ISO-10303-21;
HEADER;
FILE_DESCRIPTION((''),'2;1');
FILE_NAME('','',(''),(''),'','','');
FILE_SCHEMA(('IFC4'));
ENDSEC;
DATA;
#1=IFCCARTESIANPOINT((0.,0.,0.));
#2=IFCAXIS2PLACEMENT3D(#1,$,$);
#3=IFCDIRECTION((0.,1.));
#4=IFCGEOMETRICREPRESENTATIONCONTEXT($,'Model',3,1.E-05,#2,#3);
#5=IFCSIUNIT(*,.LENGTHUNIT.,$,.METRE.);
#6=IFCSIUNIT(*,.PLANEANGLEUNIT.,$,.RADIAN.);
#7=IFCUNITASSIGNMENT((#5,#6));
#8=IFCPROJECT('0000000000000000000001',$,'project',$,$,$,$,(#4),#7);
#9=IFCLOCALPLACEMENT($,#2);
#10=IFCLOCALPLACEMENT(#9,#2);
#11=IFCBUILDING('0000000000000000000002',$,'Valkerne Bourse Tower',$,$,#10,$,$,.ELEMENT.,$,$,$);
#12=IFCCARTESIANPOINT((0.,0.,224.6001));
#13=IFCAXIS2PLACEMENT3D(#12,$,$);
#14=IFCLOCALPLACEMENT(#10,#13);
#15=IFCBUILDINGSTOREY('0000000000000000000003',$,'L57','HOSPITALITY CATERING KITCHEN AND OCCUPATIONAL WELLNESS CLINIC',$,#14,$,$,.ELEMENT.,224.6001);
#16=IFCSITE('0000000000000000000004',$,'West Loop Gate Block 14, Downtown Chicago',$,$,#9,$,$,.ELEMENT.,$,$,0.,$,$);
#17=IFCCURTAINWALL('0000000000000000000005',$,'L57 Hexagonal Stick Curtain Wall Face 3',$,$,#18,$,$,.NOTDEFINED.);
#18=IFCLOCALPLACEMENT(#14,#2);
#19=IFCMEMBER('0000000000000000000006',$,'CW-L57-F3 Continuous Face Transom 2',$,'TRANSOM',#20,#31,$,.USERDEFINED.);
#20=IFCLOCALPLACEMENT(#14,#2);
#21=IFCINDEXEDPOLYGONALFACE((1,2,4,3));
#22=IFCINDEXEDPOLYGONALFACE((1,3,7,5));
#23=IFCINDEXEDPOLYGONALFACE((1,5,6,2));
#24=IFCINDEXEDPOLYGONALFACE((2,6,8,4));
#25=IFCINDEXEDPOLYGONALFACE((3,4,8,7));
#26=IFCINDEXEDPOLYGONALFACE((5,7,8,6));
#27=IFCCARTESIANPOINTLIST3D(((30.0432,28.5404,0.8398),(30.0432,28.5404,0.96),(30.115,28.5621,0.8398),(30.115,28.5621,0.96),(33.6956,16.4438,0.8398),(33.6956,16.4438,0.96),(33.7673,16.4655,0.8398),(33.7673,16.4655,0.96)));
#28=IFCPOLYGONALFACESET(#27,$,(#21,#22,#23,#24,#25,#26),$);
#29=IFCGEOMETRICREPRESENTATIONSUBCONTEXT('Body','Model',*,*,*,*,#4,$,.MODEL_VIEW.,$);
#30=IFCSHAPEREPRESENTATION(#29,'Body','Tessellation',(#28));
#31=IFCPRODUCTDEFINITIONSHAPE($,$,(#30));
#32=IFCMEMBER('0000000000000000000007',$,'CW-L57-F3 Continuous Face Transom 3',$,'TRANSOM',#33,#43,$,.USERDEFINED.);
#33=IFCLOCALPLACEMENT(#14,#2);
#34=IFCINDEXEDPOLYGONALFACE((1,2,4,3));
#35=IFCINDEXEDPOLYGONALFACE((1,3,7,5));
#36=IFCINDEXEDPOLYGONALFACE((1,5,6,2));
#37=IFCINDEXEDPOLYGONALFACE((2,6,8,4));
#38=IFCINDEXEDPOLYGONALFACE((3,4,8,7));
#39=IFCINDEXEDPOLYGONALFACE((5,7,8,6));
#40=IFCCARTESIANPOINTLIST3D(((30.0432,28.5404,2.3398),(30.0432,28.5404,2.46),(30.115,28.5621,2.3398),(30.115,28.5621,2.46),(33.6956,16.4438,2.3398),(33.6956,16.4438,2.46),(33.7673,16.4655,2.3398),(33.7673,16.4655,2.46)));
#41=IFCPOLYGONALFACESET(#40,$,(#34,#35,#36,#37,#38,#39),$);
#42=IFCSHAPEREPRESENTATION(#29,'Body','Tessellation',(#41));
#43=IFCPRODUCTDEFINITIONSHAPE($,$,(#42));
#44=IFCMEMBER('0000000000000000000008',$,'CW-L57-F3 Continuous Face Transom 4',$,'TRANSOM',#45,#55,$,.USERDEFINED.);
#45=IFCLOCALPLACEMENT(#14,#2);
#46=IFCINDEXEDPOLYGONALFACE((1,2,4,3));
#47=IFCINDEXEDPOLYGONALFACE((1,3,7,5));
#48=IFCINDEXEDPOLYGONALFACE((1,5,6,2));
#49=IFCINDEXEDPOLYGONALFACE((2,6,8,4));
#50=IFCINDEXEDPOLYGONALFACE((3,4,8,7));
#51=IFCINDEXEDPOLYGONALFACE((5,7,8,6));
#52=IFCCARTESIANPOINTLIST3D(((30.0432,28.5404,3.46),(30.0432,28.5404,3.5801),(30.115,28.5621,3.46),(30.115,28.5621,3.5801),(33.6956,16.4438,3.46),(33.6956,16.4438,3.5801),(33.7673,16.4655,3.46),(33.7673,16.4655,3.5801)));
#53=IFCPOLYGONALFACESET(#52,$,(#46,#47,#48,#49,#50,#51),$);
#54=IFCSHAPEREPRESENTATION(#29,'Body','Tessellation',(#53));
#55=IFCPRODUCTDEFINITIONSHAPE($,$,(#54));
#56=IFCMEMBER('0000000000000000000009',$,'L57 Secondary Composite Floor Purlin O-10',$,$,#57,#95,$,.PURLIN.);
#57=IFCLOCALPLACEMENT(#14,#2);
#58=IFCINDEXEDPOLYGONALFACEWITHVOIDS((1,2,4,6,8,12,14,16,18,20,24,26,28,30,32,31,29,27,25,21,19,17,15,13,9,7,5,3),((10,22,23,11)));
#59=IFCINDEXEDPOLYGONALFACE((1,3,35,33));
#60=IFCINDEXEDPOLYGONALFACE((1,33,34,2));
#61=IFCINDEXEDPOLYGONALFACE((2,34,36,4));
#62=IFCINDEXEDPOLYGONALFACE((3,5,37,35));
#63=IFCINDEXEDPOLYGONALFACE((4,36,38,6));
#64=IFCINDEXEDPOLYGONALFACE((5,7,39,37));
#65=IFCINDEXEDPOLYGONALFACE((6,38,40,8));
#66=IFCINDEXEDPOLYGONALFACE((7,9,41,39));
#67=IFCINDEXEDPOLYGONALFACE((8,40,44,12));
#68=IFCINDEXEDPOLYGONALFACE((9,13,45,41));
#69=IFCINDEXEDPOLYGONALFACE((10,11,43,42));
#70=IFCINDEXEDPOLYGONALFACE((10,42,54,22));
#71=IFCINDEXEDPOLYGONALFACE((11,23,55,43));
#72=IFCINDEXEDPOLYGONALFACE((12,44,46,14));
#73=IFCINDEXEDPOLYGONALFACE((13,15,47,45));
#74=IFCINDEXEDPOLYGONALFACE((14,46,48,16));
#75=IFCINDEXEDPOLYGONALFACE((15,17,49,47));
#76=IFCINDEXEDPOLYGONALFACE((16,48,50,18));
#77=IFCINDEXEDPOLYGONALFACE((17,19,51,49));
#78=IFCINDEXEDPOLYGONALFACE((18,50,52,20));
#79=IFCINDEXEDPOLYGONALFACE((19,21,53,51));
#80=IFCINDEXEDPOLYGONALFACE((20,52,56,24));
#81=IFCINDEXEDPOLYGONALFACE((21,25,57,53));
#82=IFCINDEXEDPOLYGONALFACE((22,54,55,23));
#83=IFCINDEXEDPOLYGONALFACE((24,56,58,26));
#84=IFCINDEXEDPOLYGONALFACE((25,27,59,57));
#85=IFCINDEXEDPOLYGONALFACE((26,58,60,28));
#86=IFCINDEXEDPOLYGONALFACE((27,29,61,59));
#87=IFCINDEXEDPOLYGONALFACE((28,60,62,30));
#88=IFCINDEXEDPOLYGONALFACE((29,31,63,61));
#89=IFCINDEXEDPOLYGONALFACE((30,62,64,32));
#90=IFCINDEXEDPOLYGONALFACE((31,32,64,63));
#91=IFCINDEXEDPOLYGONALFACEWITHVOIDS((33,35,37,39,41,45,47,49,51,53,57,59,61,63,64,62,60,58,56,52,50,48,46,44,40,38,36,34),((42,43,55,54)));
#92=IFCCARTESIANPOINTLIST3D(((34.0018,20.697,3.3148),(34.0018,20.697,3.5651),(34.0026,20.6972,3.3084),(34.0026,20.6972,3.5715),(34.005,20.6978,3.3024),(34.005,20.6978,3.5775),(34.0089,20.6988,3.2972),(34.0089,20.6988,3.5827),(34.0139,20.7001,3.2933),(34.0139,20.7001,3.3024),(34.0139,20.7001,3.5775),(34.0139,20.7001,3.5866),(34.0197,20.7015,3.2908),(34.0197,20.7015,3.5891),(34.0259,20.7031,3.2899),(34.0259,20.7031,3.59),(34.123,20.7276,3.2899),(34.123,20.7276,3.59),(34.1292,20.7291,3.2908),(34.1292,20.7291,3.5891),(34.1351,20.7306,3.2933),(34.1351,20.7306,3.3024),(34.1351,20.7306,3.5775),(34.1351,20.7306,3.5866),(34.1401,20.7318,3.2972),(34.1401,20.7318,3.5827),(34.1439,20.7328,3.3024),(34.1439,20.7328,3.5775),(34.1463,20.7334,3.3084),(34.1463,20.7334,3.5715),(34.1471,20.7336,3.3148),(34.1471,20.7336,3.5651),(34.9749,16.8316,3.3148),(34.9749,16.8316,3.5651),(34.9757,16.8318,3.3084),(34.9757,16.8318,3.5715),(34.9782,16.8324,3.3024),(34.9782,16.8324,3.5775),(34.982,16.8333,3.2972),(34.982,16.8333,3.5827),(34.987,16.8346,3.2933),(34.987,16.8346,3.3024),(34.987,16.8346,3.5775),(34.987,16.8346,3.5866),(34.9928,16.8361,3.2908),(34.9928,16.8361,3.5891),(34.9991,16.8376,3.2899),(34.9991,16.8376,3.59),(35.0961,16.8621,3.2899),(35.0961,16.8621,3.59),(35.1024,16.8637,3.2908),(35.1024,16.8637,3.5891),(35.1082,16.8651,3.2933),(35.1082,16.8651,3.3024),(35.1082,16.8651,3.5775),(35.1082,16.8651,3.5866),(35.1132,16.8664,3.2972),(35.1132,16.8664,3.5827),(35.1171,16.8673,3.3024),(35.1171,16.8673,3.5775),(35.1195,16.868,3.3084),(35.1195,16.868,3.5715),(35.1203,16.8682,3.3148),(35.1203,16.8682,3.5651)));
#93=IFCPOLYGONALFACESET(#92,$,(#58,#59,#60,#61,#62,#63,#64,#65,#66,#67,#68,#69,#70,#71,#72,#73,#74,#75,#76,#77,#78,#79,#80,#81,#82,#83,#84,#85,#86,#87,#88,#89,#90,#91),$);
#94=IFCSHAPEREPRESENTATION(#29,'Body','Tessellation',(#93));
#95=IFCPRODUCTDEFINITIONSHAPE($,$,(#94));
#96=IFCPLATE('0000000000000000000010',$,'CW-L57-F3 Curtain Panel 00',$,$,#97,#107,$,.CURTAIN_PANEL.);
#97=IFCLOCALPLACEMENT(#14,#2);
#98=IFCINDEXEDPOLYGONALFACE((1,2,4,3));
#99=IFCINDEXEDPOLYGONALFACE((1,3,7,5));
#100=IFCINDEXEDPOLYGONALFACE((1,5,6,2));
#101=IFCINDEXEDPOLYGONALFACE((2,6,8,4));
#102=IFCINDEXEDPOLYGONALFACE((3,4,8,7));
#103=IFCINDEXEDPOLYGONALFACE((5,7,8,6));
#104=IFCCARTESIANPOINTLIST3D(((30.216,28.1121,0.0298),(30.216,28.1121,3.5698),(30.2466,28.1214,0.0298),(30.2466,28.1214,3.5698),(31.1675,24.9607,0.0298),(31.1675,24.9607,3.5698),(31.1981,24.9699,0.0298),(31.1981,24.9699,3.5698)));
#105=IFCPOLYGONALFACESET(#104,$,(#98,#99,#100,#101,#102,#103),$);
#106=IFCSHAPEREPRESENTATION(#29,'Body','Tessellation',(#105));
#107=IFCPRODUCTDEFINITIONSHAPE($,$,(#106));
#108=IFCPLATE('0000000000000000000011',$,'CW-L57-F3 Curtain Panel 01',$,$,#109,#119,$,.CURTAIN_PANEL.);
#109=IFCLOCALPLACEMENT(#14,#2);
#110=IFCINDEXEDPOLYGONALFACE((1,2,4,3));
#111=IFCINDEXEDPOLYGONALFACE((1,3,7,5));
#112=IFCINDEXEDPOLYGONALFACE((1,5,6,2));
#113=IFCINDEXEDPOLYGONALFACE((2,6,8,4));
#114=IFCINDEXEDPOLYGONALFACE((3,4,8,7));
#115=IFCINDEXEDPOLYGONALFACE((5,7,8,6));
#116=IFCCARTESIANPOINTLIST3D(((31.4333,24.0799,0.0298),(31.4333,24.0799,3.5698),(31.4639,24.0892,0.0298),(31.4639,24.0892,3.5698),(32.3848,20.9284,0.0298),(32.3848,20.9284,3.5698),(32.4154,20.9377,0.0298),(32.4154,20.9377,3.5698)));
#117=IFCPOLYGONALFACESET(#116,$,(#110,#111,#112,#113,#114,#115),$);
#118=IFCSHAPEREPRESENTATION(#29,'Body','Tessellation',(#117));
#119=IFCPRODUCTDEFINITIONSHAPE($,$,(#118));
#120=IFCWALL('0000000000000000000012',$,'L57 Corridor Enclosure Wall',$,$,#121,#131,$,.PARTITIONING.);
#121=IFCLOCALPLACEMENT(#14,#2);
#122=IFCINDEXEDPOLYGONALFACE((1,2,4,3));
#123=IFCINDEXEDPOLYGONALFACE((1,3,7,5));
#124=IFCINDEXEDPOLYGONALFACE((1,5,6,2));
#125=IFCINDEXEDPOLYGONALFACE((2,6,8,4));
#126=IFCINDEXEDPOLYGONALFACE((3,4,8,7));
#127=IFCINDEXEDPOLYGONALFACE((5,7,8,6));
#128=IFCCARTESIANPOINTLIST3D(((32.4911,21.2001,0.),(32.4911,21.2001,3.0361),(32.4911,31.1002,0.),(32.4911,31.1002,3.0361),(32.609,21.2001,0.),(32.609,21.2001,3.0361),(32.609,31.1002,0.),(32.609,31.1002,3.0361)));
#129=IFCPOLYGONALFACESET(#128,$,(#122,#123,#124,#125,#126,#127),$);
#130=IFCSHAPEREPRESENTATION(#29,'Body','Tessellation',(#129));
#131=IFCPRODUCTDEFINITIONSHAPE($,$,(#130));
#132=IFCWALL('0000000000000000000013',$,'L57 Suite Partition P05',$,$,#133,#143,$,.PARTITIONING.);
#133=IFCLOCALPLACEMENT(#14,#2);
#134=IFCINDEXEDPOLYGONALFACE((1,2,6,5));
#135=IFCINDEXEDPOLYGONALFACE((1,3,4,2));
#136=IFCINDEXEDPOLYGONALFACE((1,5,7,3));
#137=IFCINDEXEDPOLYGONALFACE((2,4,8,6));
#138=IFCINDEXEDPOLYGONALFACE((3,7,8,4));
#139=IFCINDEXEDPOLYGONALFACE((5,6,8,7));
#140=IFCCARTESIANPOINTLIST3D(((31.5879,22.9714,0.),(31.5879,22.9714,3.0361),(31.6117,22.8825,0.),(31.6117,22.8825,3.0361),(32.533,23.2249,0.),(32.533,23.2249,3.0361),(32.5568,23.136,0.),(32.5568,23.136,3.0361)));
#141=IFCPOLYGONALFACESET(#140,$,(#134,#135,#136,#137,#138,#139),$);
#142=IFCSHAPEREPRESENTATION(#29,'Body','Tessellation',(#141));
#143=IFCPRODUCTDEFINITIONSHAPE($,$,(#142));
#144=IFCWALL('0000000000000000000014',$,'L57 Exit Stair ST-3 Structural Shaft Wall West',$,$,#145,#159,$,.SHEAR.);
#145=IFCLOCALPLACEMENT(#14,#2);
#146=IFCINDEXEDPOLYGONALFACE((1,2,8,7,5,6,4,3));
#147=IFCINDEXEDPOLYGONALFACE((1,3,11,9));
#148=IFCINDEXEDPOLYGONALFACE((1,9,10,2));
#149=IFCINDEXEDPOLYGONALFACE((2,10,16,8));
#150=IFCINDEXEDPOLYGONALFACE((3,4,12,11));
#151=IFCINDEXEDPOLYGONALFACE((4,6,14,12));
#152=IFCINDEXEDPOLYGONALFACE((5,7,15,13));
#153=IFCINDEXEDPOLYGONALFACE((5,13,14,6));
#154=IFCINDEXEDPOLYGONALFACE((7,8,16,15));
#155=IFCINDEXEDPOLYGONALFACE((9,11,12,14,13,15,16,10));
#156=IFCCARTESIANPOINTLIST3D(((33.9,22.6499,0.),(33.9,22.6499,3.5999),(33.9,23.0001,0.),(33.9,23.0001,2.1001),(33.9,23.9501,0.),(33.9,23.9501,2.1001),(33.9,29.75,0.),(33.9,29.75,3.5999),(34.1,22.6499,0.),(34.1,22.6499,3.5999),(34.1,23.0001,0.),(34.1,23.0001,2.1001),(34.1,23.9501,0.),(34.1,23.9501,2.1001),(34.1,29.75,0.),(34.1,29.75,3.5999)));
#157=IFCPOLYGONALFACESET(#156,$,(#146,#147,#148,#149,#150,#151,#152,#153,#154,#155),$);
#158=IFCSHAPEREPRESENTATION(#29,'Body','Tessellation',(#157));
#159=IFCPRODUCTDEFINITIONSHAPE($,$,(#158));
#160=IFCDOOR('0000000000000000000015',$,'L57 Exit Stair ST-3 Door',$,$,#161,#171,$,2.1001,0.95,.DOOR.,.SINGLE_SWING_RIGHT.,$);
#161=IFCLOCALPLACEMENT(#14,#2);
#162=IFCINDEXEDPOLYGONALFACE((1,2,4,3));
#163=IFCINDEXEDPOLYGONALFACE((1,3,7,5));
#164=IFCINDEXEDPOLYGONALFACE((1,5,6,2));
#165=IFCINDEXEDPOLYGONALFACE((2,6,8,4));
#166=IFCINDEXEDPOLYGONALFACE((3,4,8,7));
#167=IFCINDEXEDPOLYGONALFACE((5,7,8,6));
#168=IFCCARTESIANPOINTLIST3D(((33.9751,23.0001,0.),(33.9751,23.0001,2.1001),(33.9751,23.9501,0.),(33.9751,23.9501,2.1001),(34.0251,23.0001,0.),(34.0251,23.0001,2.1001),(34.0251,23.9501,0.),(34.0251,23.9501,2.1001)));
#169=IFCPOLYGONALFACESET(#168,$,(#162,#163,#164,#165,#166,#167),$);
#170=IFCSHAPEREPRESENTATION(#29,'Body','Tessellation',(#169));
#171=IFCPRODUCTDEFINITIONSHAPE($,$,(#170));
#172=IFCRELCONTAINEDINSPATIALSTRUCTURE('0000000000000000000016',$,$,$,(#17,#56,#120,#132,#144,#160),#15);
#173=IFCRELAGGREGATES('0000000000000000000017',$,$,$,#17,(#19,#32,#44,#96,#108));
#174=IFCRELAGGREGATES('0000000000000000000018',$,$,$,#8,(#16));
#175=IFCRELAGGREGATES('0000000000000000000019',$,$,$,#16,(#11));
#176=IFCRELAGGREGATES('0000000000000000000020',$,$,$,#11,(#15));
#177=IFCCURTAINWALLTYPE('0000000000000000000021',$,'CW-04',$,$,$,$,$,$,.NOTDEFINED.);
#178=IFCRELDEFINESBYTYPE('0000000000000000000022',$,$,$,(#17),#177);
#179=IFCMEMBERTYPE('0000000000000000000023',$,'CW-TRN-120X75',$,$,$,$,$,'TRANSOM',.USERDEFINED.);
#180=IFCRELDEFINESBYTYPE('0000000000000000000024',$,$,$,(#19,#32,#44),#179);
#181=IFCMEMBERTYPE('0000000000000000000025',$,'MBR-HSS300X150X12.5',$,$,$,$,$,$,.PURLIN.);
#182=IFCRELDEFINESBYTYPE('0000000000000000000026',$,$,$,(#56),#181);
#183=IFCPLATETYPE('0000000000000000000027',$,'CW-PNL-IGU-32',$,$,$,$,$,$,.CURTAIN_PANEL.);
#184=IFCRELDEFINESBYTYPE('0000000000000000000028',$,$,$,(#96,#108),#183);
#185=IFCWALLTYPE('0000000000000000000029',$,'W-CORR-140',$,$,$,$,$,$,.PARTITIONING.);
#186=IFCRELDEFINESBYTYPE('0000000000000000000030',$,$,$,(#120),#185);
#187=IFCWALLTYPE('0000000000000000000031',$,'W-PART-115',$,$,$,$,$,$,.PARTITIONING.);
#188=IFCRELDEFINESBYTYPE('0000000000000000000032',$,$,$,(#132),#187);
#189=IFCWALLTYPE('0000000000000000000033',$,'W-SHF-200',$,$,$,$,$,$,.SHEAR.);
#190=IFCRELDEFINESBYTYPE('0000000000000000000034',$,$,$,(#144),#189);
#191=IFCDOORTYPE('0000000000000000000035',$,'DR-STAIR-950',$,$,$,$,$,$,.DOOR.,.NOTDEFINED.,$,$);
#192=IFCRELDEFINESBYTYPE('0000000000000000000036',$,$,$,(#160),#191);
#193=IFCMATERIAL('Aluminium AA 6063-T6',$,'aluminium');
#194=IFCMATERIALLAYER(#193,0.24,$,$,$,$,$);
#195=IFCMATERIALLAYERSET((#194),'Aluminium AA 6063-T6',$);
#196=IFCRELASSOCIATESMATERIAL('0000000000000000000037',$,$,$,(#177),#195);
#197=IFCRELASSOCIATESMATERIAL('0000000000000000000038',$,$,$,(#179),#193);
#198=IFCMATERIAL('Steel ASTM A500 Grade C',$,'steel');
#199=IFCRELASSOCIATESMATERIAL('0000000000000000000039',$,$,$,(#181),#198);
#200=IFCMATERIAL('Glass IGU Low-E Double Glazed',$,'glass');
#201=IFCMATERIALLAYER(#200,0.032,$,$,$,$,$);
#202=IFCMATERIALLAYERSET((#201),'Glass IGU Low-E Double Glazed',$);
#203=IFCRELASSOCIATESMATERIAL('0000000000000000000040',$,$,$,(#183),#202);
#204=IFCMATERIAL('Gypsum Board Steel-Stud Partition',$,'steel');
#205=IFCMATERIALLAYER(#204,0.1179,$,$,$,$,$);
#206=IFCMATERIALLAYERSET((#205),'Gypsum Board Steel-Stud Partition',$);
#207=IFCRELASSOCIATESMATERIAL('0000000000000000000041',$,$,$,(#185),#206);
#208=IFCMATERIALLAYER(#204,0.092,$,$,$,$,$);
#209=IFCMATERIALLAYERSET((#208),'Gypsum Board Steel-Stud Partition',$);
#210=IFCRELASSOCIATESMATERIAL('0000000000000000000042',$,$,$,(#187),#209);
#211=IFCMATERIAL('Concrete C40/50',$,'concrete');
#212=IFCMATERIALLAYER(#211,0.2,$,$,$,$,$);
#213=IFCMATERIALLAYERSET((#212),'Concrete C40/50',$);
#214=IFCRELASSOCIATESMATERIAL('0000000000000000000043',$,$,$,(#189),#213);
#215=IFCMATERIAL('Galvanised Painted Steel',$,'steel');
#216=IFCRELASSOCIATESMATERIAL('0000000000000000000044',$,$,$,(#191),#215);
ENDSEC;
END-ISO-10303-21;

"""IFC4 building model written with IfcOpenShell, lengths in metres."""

from ifc_helpers import new_model, si_unit, direction, frame, frame_2d, origin, origin_2d, place, context, subcontext, project, spatial, rectangle, hollow_rectangle, extrude, material, layer, layer_set, material_profile, profile_set, type_object, element, fill, aggregate, save


model = new_model("IFC4")

# Units and contexts
model_context = context("Model", 3, precision=1e-05, world=origin(), true_north=direction((0.0, 1.0)))
body_context = subcontext(model_context, "Body", "Model", "MODEL_VIEW")
ifc_project = project(units=[si_unit("LENGTHUNIT", "METRE"), si_unit("PLANEANGLEUNIT", "RADIAN")], contexts=[model_context])

# Site, building, storey
site_placement = place(None, origin())
site = spatial("IfcSite", under=ifc_project, at=site_placement, Name="West Loop Gate Block 14, Downtown Chicago", CompositionType="ELEMENT", RefElevation=0.0)
building_placement = place(site_placement, origin())
building = spatial("IfcBuilding", under=site, at=building_placement, Name="Valkerne Bourse Tower", CompositionType="ELEMENT")
storey_placement = place(building_placement, frame((0.0, 0.0, 224.6001)))
storey = spatial("IfcBuildingStorey", under=building, at=storey_placement, Name="L57", Description="HOSPITALITY CATERING KITCHEN AND OCCUPATIONAL WELLNESS CLINIC", CompositionType="ELEMENT", Elevation=224.6001)

# Curtain wall, members
ifc_material_1 = material(Name="Aluminium AA 6063-T6", Category="aluminium")
ifc_layer_1 = layer(ifc_material_1, 0.24)
ifc_layer_set_1 = layer_set([ifc_layer_1], Name="Aluminium AA 6063-T6")
curtain_wall_type = type_object("IfcCurtainWallType", Name="CW-04", PredefinedType="NOTDEFINED", material=ifc_layer_set_1)
curtain_wall_placement = place(storey_placement, origin())
curtain_wall = element("IfcCurtainWall", 1, at=curtain_wall_placement, inside=storey, type_object=curtain_wall_type, Name="L57 Hexagonal Stick Curtain Wall Face 3", PredefinedType="NOTDEFINED")
ifc_material_profile_1 = material_profile(ifc_material_1, rectangle(XDim=0.075, YDim=0.1201, at=origin_2d()), Name="CWT-75X120")
ifc_profile_set_1 = profile_set([ifc_material_profile_1], Name="Aluminium AA 6063-T6")
member_type_1 = type_object("IfcMemberType", Name="CW-TRN-120X75", ElementType="TRANSOM", PredefinedType="USERDEFINED", material=ifc_profile_set_1)
member_1_placement = place(storey_placement, frame((30.0791, 28.5513, 0.8999), z_axis=(0.289042, -0.957316, 0.0), x_axis=(0.957316, 0.289042, 0.0)))
member_1 = element("IfcMember", 2, at=member_1_placement, type_object=member_type_1, Name="CW-L57-F3 Continuous Face Transom 2", ObjectType="TRANSOM", PredefinedType="USERDEFINED", context=body_context, shape_type="SweptSolid", body=[
    extrude(rectangle(XDim=0.075, YDim=0.1201, at=origin_2d()), origin(), (0.0, 0.0, 1.0), 12.636),
])
member_2_placement = place(storey_placement, frame((30.0791, 28.5513, 2.3999), z_axis=(0.289042, -0.957316, 0.0), x_axis=(0.957316, 0.289042, 0.0)))
member_2 = element("IfcMember", 3, at=member_2_placement, type_object=member_type_1, Name="CW-L57-F3 Continuous Face Transom 3", ObjectType="TRANSOM", PredefinedType="USERDEFINED", context=body_context, shape_type="SweptSolid", body=[
    extrude(rectangle(XDim=0.075, YDim=0.1201, at=origin_2d()), origin(), (0.0, 0.0, 1.0), 12.636),
])
member_3_placement = place(storey_placement, frame((30.0791, 28.5513, 3.52), z_axis=(0.289042, -0.957316, 0.0), x_axis=(0.957316, 0.289042, 0.0)))
member_3 = element("IfcMember", 4, at=member_3_placement, type_object=member_type_1, Name="CW-L57-F3 Continuous Face Transom 4", ObjectType="TRANSOM", PredefinedType="USERDEFINED", context=body_context, shape_type="SweptSolid", body=[
    extrude(rectangle(XDim=0.075, YDim=0.1201, at=origin_2d()), origin(), (0.0, 0.0, 1.0), 12.636),
])

# Member
ifc_material_2 = material(Name="Steel ASTM A500 Grade C", Category="steel")
ifc_material_profile_2 = material_profile(ifc_material_2, hollow_rectangle(XDim=0.1499, YDim=0.3, WallThickness=0.0125, OuterFilletRadius=0.0249, at=origin_2d()), Name="HSS300X150X12.5")
ifc_profile_set_2 = profile_set([ifc_material_profile_2], Name="Steel ASTM A500 Grade C")
member_type_2 = type_object("IfcMemberType", Name="MBR-HSS300X150X12.5", PredefinedType="PURLIN", material=ifc_profile_set_2)
member_4_placement = place(storey_placement, frame((34.0745, 20.7153, 3.4399), z_axis=(0.244135, -0.969741, 0.0), x_axis=(0.969741, 0.244135, 0.0)))
element("IfcMember", 5, at=member_4_placement, inside=storey, type_object=member_type_2, Name="L57 Secondary Composite Floor Purlin O-10", PredefinedType="PURLIN", context=body_context, shape_type="SweptSolid", body=[
    extrude(hollow_rectangle(XDim=0.1499, YDim=0.3, WallThickness=0.0125, OuterFilletRadius=0.0249, at=origin_2d()), origin(), (0.0, 0.0, 1.0), 3.9861),
])

# Plates
ifc_material_3 = material(Name="Glass IGU Low-E Double Glazed", Category="glass")
ifc_layer_2 = layer(ifc_material_3, 0.032)
ifc_layer_set_2 = layer_set([ifc_layer_2], Name="Glass IGU Low-E Double Glazed")
plate_type = type_object("IfcPlateType", Name="CW-PNL-IGU-32", PredefinedType="CURTAIN_PANEL", material=ifc_layer_set_2)
plate_1_placement = place(storey_placement, frame((30.707, 26.541, 0.0298), z_axis=(0.0, 0.0, 1.0), x_axis=(0.289033, -0.957319, 0.0)))
plate_1 = element("IfcPlate", 6, at=plate_1_placement, type_object=plate_type, Name="CW-L57-F3 Curtain Panel 00", PredefinedType="CURTAIN_PANEL", context=body_context, shape_type="SweptSolid", body=[
    extrude(rectangle(XDim=3.292, YDim=0.032, at=origin_2d()), origin(), (0.0, 0.0, 1.0), 3.54),
])
plate_2_placement = place(storey_placement, frame((31.9243, 22.5088, 0.0298), z_axis=(0.0, 0.0, 1.0), x_axis=(0.289033, -0.957319, 0.0)))
plate_2 = element("IfcPlate", 7, at=plate_2_placement, type_object=plate_type, Name="CW-L57-F3 Curtain Panel 01", PredefinedType="CURTAIN_PANEL", context=body_context, shape_type="SweptSolid", body=[
    extrude(rectangle(XDim=3.292, YDim=0.032, at=origin_2d()), origin(), (0.0, 0.0, 1.0), 3.54),
])
aggregate(curtain_wall, [member_1, member_2, member_3, plate_1, plate_2])

# Walls
ifc_material_4 = material(Name="Gypsum Board Steel-Stud Partition", Category="steel")
ifc_layer_3 = layer(ifc_material_4, 0.1179)
ifc_layer_set_3 = layer_set([ifc_layer_3], Name="Gypsum Board Steel-Stud Partition")
wall_type_1 = type_object("IfcWallType", Name="W-CORR-140", PredefinedType="PARTITIONING", material=ifc_layer_set_3)
wall_1_placement = place(storey_placement, frame((32.55, 21.2, 0.0), z_axis=(0.0, 0.0, 1.0), x_axis=(0.0, 1.0, 0.0)))
element("IfcWall", 8, at=wall_1_placement, inside=storey, type_object=wall_type_1, Name="L57 Corridor Enclosure Wall", PredefinedType="PARTITIONING", context=body_context, shape_type="SweptSolid", body=[
    extrude(rectangle(XDim=9.9001, YDim=0.1179, at=frame_2d((4.9502, 0.0))), origin(), (0.0, 0.0, 1.0), 3.0361),
])
ifc_layer_4 = layer(ifc_material_4, 0.092)
ifc_layer_set_4 = layer_set([ifc_layer_4], Name="Gypsum Board Steel-Stud Partition")
wall_type_2 = type_object("IfcWallType", Name="W-PART-115", PredefinedType="PARTITIONING", material=ifc_layer_set_4)
wall_2_placement = place(storey_placement, frame((32.5449, 23.1804, 0.0), z_axis=(0.0, 0.0, 1.0), x_axis=(-0.965878, -0.258998, 0.0)))
element("IfcWall", 9, at=wall_2_placement, inside=storey, type_object=wall_type_2, Name="L57 Suite Partition P05", PredefinedType="PARTITIONING", context=body_context, shape_type="SweptSolid", body=[
    extrude(rectangle(XDim=0.9785, YDim=0.092, at=frame_2d((0.4893, 0.0))), origin(), (0.0, 0.0, 1.0), 3.0361),
])

# Wall, opening, door
ifc_material_5 = material(Name="Concrete C40/50", Category="concrete")
ifc_layer_5 = layer(ifc_material_5, 0.2)
ifc_layer_set_5 = layer_set([ifc_layer_5], Name="Concrete C40/50")
wall_type_3 = type_object("IfcWallType", Name="W-SHF-200", PredefinedType="SHEAR", material=ifc_layer_set_5)
wall_3_placement = place(storey_placement, frame((34.0, 22.6499, 0.0), z_axis=(0.0, 0.0, 1.0), x_axis=(0.0, 1.0, 0.0)))
wall_3 = element("IfcWall", 10, at=wall_3_placement, inside=storey, type_object=wall_type_3, Name="L57 Exit Stair ST-3 Structural Shaft Wall West", PredefinedType="SHEAR", context=body_context, shape_type="SweptSolid", body=[
    extrude(rectangle(XDim=7.1001, YDim=0.2, at=frame_2d((3.55, 0.0))), origin(), (0.0, 0.0, 1.0), 3.5999),
])
opening_placement = place(wall_3_placement, frame((0.3501, 0.0, 0.0)))
opening = element("IfcOpeningElement", 11, at=opening_placement, cuts=wall_3, PredefinedType="OPENING", context=body_context, shape_type="SweptSolid", body=[
    extrude(rectangle(XDim=0.95, YDim=2.1001, at=frame_2d((0.4751, 1.05))), frame((0.0, 0.1099, 0.0), z_axis=(0.0, -1.0, 0.0), x_axis=(1.0, 0.0, 0.0)), (0.0, 0.0, 1.0), 0.22),
])
ifc_material_6 = material(Name="Galvanised Painted Steel", Category="steel")
door_type = type_object("IfcDoorType", Name="DR-STAIR-950", OperationType="NOTDEFINED", PredefinedType="DOOR", material=ifc_material_6)
door_placement = place(opening_placement, origin())
door = element("IfcDoor", 12, at=door_placement, inside=storey, type_object=door_type, Name="L57 Exit Stair ST-3 Door", OperationType="SINGLE_SWING_RIGHT", OverallHeight=2.1001, OverallWidth=0.95, PredefinedType="DOOR", context=body_context, shape_type="SweptSolid", body=[
    extrude(rectangle(XDim=0.95, YDim=2.1001, at=frame_2d((0.4751, 1.05))), frame((0.0, 0.0249, 0.0), z_axis=(0.0, -1.0, 0.0), x_axis=(1.0, 0.0, 0.0)), (0.0, 0.0, 1.0), 0.05),
])
fill(opening, door)

save(model, "model.ifc")
